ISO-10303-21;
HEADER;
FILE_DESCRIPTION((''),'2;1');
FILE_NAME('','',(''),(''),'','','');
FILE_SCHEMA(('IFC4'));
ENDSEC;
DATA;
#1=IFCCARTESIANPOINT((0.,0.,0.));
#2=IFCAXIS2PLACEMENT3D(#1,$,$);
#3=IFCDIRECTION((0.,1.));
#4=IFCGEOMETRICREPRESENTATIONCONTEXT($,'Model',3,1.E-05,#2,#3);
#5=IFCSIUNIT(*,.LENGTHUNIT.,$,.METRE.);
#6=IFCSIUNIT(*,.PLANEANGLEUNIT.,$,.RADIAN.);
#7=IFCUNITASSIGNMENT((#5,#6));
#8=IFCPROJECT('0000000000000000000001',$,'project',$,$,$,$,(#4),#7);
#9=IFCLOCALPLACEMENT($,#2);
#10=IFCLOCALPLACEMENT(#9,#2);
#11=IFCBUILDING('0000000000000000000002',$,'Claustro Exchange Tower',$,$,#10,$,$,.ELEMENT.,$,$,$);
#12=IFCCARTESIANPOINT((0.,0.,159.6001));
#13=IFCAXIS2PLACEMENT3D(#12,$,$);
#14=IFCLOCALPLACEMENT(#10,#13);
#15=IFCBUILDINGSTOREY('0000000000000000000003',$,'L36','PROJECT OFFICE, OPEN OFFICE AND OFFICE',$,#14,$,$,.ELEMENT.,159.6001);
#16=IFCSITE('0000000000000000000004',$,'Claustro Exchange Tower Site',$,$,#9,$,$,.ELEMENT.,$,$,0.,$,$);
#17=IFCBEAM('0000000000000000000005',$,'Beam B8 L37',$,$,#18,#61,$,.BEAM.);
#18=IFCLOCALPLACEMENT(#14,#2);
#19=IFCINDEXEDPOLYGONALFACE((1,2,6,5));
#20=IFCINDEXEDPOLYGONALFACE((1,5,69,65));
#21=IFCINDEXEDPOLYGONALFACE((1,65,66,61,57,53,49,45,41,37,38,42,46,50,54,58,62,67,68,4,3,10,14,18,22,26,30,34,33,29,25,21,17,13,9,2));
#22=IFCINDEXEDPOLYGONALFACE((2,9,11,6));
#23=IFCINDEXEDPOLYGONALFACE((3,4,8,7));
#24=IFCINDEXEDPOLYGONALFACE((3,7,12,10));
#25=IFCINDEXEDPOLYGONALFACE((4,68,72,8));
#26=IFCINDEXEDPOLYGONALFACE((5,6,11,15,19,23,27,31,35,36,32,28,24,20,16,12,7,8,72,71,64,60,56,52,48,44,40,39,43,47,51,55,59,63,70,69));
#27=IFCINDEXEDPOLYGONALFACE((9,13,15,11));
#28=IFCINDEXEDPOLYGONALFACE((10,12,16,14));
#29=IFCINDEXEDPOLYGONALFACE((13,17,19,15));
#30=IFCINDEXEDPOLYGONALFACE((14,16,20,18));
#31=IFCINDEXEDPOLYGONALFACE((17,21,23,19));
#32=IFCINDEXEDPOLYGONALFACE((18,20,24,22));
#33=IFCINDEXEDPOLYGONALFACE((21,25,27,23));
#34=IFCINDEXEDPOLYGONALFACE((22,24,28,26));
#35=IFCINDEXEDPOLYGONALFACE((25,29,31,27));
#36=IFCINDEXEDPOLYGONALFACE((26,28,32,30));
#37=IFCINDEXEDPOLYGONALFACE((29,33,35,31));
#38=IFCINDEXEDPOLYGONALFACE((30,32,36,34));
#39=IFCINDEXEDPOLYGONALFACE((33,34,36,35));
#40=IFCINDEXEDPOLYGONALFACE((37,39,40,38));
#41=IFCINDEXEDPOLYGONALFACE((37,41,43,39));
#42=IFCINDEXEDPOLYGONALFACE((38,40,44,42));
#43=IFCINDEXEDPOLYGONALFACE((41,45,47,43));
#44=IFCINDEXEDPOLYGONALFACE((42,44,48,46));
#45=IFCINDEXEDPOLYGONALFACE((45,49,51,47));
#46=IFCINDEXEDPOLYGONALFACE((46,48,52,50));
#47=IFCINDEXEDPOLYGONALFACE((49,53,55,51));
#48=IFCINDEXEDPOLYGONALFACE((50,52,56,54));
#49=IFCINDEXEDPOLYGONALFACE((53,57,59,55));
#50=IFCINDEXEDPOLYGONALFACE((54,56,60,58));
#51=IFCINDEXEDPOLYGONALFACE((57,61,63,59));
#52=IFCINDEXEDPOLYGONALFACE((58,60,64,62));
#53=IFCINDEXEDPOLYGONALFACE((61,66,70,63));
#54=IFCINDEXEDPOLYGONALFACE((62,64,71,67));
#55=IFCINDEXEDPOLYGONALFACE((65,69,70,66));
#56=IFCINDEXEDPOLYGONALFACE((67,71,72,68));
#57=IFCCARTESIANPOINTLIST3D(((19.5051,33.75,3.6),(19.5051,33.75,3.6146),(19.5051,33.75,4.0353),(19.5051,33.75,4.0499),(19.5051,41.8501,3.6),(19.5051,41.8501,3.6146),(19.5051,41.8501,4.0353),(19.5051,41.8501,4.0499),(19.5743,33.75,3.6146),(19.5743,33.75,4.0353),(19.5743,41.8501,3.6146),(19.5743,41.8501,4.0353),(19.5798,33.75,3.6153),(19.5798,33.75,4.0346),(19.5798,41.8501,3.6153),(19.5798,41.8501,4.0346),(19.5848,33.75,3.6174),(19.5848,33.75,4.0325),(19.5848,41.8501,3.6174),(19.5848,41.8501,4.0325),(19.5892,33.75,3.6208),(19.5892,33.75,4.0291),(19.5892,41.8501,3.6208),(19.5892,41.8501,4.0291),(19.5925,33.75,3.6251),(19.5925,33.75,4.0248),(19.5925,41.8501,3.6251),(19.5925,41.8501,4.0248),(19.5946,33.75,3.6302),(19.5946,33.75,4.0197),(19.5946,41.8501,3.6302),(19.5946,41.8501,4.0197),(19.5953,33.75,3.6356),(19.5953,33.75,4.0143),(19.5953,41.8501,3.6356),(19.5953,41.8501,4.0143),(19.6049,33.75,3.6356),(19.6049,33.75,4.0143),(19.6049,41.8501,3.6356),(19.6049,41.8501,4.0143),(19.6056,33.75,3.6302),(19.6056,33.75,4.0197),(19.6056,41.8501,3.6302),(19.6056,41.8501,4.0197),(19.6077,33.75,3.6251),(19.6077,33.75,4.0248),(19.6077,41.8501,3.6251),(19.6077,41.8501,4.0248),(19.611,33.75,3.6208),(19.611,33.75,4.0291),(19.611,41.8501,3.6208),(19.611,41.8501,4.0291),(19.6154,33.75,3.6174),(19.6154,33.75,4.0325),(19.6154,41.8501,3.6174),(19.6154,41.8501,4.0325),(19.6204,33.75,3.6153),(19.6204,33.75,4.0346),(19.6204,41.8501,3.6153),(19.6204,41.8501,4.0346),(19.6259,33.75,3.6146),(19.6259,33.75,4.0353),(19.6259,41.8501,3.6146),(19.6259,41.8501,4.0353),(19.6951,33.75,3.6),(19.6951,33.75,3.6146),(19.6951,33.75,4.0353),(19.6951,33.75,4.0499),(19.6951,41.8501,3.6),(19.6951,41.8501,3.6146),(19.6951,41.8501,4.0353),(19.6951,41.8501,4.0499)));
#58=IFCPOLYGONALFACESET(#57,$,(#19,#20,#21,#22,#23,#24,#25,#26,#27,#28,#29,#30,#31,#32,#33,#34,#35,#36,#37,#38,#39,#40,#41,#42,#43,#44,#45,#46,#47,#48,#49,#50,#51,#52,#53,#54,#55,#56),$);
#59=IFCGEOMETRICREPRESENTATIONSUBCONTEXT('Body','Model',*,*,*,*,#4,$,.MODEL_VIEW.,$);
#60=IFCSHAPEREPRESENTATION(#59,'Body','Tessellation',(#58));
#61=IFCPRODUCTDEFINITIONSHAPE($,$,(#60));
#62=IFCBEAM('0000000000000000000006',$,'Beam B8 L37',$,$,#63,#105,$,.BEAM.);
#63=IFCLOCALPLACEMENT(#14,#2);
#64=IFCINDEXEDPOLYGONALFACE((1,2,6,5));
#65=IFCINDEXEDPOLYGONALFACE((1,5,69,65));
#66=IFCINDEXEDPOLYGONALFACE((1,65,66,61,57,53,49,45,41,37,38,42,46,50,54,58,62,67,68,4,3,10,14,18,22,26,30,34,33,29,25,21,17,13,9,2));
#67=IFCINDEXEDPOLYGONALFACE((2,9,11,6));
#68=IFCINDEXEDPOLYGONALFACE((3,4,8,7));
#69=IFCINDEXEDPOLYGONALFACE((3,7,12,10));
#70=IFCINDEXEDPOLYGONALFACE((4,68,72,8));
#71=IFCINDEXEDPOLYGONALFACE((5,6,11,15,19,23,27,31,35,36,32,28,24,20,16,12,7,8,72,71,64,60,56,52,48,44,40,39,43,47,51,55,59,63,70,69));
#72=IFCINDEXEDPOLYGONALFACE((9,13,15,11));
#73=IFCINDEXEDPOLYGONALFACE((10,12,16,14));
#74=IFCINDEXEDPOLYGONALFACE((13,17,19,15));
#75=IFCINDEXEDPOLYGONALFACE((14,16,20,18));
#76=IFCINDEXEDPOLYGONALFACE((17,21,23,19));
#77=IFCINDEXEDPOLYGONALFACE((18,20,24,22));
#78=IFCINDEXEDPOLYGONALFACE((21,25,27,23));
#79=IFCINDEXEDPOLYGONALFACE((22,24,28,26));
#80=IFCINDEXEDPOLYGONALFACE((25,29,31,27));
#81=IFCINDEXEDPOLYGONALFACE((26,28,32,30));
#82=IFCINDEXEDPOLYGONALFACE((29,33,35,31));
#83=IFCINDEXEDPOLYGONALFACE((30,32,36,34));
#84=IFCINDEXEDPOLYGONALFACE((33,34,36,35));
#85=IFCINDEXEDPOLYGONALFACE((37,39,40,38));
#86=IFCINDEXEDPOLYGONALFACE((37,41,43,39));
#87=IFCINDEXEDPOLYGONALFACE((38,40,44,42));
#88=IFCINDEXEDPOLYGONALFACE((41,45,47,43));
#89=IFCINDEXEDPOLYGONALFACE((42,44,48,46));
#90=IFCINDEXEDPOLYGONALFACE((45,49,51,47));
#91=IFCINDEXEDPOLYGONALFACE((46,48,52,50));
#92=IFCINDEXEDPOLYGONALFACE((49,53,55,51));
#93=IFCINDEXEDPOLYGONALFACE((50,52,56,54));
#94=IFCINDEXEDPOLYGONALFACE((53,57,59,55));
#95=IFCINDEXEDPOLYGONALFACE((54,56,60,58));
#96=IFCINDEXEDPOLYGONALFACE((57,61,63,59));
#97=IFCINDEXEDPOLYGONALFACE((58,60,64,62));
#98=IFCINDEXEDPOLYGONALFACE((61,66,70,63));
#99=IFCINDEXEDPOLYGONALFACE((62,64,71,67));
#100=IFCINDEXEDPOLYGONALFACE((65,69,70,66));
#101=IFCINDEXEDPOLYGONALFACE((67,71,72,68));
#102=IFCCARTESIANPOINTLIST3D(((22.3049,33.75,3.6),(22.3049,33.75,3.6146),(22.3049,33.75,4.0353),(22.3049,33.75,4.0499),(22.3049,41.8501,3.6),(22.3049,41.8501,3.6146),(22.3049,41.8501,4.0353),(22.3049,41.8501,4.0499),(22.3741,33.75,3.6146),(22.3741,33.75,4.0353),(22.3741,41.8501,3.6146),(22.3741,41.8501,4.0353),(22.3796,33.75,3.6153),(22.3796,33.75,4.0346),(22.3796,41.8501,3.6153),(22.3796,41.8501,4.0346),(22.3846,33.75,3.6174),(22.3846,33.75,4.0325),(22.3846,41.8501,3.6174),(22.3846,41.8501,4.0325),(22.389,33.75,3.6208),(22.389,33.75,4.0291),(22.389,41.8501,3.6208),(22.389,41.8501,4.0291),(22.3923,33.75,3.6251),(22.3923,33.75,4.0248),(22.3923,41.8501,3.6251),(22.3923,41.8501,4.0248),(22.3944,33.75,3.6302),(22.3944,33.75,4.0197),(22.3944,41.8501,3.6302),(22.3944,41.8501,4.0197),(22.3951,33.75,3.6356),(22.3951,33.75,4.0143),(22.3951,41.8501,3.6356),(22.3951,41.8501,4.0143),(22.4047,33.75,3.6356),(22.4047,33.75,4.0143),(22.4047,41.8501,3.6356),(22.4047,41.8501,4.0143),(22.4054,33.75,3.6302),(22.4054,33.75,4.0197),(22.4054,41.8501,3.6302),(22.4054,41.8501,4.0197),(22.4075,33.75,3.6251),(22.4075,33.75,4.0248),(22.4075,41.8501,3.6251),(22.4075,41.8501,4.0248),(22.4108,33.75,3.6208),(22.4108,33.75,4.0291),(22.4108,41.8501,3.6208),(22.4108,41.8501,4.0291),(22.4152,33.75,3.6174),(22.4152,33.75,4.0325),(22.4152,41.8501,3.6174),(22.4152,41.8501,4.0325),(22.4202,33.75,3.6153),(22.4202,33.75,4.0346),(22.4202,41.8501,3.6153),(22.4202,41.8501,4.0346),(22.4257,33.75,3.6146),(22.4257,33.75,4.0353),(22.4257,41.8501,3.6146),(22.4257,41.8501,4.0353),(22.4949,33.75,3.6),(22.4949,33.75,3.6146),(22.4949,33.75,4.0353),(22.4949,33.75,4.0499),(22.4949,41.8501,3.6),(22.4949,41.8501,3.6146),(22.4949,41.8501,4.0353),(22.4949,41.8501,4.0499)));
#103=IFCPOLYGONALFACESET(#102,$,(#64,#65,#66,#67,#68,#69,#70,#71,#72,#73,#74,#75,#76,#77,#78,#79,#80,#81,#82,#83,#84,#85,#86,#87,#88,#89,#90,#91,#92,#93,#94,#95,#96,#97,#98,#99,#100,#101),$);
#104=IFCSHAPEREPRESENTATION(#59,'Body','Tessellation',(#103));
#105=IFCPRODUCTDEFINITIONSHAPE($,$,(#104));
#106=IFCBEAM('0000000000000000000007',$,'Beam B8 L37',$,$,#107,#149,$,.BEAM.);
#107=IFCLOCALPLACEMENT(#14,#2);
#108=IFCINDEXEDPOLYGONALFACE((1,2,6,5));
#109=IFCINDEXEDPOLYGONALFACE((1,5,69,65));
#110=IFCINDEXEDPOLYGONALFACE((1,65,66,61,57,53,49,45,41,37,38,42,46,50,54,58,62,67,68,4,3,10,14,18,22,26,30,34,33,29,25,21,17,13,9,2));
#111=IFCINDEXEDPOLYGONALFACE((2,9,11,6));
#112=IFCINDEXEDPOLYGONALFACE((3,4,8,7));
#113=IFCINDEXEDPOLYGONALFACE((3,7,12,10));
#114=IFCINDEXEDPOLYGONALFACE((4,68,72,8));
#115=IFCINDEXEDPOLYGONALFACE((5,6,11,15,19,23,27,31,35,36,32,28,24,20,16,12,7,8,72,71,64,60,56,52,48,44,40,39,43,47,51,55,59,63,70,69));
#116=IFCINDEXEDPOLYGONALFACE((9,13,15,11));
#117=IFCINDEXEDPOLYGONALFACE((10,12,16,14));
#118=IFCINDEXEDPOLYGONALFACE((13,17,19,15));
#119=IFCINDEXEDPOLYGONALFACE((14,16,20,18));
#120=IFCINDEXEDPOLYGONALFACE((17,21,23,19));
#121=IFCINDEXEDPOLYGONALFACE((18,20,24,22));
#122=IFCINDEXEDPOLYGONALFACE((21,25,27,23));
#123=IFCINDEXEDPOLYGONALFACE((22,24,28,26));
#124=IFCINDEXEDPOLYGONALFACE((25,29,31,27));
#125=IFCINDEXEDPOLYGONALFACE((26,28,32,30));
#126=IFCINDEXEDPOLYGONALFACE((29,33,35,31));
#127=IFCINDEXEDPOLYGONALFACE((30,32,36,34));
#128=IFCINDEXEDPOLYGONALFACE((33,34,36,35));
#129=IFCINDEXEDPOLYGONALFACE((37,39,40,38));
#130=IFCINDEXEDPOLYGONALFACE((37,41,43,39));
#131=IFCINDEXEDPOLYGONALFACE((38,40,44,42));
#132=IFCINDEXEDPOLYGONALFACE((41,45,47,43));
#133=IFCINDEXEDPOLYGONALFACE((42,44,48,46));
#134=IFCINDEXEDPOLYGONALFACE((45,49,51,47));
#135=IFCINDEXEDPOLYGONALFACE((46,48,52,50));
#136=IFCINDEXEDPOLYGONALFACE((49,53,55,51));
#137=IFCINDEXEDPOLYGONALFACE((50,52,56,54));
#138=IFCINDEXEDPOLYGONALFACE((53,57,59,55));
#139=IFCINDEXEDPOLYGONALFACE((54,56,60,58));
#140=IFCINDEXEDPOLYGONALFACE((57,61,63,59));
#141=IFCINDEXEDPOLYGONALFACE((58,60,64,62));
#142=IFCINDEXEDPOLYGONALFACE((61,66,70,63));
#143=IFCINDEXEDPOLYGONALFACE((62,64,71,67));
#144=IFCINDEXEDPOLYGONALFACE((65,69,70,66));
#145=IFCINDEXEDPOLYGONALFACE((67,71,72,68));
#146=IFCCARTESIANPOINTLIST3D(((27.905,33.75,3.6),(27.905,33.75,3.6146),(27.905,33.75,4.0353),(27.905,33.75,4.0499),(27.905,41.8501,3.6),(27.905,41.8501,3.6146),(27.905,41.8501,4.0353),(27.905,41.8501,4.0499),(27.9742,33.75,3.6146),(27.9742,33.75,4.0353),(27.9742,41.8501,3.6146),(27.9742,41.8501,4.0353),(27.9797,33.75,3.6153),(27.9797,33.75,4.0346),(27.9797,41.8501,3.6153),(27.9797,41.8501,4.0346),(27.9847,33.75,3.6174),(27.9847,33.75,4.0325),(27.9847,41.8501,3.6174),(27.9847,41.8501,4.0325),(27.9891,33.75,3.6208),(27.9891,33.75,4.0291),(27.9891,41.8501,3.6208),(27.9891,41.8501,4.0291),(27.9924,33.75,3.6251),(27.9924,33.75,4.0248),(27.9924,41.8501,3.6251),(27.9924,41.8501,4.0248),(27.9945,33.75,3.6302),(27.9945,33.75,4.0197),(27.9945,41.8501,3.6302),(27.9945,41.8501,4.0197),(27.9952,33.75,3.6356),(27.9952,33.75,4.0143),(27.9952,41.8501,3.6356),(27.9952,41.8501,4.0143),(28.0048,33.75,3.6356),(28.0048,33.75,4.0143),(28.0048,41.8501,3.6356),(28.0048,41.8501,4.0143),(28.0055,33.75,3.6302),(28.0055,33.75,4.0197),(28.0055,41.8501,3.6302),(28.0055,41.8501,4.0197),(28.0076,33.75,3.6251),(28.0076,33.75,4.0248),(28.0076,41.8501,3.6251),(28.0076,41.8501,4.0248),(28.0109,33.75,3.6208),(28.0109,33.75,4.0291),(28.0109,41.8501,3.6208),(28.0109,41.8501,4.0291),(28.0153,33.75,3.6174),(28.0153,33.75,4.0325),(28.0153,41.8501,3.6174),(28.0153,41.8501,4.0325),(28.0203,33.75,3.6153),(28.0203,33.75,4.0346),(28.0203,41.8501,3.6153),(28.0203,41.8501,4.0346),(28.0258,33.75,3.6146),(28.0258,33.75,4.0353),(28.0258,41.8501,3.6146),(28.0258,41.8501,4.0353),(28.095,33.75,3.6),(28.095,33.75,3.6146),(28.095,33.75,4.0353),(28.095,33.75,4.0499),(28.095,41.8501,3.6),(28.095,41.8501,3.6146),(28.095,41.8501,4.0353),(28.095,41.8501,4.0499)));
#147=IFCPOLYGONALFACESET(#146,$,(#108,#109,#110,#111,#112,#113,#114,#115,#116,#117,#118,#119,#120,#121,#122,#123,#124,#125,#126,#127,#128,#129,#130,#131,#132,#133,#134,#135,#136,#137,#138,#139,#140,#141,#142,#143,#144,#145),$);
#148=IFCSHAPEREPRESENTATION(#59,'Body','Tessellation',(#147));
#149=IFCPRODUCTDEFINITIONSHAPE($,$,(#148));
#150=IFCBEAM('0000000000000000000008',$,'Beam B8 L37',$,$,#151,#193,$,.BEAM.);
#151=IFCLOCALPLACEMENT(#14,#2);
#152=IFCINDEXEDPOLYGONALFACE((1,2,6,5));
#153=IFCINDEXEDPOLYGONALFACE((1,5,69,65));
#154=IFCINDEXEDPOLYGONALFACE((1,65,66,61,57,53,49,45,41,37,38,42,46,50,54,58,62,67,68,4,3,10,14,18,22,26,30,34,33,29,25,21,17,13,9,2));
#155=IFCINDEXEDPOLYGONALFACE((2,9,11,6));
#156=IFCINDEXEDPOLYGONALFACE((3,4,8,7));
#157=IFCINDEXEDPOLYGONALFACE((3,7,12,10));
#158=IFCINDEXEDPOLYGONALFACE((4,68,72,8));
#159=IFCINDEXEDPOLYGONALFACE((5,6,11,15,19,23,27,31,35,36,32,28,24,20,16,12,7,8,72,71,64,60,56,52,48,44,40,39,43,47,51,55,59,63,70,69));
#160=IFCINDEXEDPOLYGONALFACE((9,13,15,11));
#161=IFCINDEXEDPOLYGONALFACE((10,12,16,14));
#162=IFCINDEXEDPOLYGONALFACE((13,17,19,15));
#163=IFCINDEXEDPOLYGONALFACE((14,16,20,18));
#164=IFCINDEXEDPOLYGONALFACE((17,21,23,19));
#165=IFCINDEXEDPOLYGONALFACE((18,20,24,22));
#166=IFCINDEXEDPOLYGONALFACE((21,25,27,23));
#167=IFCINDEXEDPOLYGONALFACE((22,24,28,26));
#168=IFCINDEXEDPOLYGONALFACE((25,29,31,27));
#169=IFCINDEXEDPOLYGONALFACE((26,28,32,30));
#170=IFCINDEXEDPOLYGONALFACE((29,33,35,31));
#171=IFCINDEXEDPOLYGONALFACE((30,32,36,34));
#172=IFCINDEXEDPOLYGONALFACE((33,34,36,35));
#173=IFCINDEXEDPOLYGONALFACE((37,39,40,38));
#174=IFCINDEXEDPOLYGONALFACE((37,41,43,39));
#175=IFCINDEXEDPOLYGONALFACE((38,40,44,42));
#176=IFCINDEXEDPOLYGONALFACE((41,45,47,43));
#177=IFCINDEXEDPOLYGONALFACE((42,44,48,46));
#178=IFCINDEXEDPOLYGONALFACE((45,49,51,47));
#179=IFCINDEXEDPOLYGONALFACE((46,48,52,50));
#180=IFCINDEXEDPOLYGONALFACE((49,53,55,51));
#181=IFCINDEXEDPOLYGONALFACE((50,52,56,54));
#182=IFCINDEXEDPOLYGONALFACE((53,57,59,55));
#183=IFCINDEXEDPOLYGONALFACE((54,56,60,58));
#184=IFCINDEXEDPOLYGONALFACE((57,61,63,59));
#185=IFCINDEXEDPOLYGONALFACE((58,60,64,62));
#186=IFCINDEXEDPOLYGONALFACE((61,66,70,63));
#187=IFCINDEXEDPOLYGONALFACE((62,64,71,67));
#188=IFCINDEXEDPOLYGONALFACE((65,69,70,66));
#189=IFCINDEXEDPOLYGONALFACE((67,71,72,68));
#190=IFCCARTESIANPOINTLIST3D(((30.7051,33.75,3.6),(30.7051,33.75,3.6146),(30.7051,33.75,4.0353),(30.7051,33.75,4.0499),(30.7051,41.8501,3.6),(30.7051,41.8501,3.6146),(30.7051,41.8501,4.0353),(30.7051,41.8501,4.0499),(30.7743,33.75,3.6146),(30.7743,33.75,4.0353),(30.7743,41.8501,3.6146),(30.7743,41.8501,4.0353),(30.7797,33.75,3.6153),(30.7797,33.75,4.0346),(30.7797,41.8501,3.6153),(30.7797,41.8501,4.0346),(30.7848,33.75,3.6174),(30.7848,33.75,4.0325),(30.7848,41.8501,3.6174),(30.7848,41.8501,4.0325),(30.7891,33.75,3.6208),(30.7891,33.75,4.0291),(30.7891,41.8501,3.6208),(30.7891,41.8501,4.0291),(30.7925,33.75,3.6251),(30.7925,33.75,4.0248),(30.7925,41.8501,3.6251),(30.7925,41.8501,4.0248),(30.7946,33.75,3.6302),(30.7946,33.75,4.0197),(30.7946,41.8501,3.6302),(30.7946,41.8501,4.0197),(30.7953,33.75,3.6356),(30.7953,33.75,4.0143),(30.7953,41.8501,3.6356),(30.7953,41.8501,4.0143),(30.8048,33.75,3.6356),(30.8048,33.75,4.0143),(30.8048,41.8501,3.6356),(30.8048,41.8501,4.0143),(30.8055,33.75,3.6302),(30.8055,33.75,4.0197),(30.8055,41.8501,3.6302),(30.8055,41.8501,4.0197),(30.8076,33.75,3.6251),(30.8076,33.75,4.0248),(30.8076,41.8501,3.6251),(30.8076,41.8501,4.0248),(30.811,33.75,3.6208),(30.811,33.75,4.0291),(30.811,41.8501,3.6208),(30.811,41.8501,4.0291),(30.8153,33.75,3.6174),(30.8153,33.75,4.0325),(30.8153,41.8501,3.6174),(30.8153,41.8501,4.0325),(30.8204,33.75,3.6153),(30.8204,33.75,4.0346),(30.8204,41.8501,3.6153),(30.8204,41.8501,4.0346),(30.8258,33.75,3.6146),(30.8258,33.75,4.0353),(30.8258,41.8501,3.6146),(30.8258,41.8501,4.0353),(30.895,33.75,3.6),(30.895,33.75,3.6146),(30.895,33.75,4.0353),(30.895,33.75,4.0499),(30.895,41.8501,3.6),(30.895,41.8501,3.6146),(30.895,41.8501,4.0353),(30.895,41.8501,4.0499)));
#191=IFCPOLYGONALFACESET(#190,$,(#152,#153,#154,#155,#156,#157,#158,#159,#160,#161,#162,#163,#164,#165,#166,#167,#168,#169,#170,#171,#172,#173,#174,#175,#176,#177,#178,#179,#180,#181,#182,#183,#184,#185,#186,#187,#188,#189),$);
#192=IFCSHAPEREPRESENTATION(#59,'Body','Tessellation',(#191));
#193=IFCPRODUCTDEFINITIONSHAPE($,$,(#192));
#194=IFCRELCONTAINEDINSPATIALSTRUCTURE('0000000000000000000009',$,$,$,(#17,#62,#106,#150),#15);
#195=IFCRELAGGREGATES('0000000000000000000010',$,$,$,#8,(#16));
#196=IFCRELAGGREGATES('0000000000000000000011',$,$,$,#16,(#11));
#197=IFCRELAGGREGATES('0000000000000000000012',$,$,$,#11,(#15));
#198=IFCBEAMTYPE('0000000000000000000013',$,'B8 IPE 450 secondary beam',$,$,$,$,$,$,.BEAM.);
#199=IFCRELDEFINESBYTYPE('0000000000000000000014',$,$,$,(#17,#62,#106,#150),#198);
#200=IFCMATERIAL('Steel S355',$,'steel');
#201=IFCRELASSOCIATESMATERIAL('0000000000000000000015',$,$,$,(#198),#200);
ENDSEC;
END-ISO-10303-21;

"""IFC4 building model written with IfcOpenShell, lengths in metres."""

from ifc_helpers import new_model, si_unit, direction, frame, origin, origin_2d, place, context, subcontext, project, spatial, i_section, extrude, material, material_profile, profile_set, type_object, element, save


model = new_model("IFC4")

# Units and contexts
model_context = context("Model", 3, precision=1e-05, world=origin(), true_north=direction((0.0, 1.0)))
body_context = subcontext(model_context, "Body", "Model", "MODEL_VIEW")
ifc_project = project(units=[si_unit("LENGTHUNIT", "METRE"), si_unit("PLANEANGLEUNIT", "RADIAN")], contexts=[model_context])

# Site, building, storey
site_placement = place(None, origin())
site = spatial("IfcSite", under=ifc_project, at=site_placement, Name="Claustro Exchange Tower Site", CompositionType="ELEMENT", RefElevation=0.0)
building_placement = place(site_placement, origin())
building = spatial("IfcBuilding", under=site, at=building_placement, Name="Claustro Exchange Tower", CompositionType="ELEMENT")
storey_placement = place(building_placement, frame((0.0, 0.0, 159.6001)))
storey = spatial("IfcBuildingStorey", under=building, at=storey_placement, Name="L36", Description="PROJECT OFFICE, OPEN OFFICE AND OFFICE", CompositionType="ELEMENT", Elevation=159.6001)

# Beams
ifc_material_1 = material(Name="Steel S355", Category="steel")
ifc_material_profile_1 = material_profile(ifc_material_1, i_section(OverallWidth=0.1899, OverallDepth=0.45, WebThickness=0.0095, FlangeThickness=0.0146, FilletRadius=0.021, at=origin_2d()), Name="IPE 450")
ifc_profile_set_1 = profile_set([ifc_material_profile_1], Name="Steel S355")
beam_type_1 = type_object("IfcBeamType", Name="B8 IPE 450 secondary beam", PredefinedType="BEAM", material=ifc_profile_set_1)
for number, where, z_axis, x_axis, name in (
    (1, (19.6001, 33.75, 3.825), (0.0, 1.0, 0.0), (-1.0, 0.0, 0.0), "Beam B8 L37"),
    (2, (22.3999, 33.75, 3.825), (0.0, 1.0, 0.0), (-1.0, 0.0, 0.0), "Beam B8 L37"),
    (3, (28.0, 33.75, 3.825), (0.0, 1.0, 0.0), (-1.0, 0.0, 0.0), "Beam B8 L37"),
    (4, (30.8, 33.75, 3.825), (0.0, 1.0, 0.0), (-1.0, 0.0, 0.0), "Beam B8 L37"),
):
    element("IfcBeam", number, at=place(storey_placement, frame(where, z_axis=z_axis, x_axis=x_axis)), inside=storey, type_object=beam_type_1, Name=name, PredefinedType="BEAM", context=body_context, shape_type="SweptSolid", body=[
        extrude(i_section(OverallWidth=0.1899, OverallDepth=0.45, WebThickness=0.0095, FlangeThickness=0.0146, FilletRadius=0.021, at=origin_2d()), origin(), (0.0, 0.0, 1.0), 8.1001),
    ])

save(model, "model.ifc")
